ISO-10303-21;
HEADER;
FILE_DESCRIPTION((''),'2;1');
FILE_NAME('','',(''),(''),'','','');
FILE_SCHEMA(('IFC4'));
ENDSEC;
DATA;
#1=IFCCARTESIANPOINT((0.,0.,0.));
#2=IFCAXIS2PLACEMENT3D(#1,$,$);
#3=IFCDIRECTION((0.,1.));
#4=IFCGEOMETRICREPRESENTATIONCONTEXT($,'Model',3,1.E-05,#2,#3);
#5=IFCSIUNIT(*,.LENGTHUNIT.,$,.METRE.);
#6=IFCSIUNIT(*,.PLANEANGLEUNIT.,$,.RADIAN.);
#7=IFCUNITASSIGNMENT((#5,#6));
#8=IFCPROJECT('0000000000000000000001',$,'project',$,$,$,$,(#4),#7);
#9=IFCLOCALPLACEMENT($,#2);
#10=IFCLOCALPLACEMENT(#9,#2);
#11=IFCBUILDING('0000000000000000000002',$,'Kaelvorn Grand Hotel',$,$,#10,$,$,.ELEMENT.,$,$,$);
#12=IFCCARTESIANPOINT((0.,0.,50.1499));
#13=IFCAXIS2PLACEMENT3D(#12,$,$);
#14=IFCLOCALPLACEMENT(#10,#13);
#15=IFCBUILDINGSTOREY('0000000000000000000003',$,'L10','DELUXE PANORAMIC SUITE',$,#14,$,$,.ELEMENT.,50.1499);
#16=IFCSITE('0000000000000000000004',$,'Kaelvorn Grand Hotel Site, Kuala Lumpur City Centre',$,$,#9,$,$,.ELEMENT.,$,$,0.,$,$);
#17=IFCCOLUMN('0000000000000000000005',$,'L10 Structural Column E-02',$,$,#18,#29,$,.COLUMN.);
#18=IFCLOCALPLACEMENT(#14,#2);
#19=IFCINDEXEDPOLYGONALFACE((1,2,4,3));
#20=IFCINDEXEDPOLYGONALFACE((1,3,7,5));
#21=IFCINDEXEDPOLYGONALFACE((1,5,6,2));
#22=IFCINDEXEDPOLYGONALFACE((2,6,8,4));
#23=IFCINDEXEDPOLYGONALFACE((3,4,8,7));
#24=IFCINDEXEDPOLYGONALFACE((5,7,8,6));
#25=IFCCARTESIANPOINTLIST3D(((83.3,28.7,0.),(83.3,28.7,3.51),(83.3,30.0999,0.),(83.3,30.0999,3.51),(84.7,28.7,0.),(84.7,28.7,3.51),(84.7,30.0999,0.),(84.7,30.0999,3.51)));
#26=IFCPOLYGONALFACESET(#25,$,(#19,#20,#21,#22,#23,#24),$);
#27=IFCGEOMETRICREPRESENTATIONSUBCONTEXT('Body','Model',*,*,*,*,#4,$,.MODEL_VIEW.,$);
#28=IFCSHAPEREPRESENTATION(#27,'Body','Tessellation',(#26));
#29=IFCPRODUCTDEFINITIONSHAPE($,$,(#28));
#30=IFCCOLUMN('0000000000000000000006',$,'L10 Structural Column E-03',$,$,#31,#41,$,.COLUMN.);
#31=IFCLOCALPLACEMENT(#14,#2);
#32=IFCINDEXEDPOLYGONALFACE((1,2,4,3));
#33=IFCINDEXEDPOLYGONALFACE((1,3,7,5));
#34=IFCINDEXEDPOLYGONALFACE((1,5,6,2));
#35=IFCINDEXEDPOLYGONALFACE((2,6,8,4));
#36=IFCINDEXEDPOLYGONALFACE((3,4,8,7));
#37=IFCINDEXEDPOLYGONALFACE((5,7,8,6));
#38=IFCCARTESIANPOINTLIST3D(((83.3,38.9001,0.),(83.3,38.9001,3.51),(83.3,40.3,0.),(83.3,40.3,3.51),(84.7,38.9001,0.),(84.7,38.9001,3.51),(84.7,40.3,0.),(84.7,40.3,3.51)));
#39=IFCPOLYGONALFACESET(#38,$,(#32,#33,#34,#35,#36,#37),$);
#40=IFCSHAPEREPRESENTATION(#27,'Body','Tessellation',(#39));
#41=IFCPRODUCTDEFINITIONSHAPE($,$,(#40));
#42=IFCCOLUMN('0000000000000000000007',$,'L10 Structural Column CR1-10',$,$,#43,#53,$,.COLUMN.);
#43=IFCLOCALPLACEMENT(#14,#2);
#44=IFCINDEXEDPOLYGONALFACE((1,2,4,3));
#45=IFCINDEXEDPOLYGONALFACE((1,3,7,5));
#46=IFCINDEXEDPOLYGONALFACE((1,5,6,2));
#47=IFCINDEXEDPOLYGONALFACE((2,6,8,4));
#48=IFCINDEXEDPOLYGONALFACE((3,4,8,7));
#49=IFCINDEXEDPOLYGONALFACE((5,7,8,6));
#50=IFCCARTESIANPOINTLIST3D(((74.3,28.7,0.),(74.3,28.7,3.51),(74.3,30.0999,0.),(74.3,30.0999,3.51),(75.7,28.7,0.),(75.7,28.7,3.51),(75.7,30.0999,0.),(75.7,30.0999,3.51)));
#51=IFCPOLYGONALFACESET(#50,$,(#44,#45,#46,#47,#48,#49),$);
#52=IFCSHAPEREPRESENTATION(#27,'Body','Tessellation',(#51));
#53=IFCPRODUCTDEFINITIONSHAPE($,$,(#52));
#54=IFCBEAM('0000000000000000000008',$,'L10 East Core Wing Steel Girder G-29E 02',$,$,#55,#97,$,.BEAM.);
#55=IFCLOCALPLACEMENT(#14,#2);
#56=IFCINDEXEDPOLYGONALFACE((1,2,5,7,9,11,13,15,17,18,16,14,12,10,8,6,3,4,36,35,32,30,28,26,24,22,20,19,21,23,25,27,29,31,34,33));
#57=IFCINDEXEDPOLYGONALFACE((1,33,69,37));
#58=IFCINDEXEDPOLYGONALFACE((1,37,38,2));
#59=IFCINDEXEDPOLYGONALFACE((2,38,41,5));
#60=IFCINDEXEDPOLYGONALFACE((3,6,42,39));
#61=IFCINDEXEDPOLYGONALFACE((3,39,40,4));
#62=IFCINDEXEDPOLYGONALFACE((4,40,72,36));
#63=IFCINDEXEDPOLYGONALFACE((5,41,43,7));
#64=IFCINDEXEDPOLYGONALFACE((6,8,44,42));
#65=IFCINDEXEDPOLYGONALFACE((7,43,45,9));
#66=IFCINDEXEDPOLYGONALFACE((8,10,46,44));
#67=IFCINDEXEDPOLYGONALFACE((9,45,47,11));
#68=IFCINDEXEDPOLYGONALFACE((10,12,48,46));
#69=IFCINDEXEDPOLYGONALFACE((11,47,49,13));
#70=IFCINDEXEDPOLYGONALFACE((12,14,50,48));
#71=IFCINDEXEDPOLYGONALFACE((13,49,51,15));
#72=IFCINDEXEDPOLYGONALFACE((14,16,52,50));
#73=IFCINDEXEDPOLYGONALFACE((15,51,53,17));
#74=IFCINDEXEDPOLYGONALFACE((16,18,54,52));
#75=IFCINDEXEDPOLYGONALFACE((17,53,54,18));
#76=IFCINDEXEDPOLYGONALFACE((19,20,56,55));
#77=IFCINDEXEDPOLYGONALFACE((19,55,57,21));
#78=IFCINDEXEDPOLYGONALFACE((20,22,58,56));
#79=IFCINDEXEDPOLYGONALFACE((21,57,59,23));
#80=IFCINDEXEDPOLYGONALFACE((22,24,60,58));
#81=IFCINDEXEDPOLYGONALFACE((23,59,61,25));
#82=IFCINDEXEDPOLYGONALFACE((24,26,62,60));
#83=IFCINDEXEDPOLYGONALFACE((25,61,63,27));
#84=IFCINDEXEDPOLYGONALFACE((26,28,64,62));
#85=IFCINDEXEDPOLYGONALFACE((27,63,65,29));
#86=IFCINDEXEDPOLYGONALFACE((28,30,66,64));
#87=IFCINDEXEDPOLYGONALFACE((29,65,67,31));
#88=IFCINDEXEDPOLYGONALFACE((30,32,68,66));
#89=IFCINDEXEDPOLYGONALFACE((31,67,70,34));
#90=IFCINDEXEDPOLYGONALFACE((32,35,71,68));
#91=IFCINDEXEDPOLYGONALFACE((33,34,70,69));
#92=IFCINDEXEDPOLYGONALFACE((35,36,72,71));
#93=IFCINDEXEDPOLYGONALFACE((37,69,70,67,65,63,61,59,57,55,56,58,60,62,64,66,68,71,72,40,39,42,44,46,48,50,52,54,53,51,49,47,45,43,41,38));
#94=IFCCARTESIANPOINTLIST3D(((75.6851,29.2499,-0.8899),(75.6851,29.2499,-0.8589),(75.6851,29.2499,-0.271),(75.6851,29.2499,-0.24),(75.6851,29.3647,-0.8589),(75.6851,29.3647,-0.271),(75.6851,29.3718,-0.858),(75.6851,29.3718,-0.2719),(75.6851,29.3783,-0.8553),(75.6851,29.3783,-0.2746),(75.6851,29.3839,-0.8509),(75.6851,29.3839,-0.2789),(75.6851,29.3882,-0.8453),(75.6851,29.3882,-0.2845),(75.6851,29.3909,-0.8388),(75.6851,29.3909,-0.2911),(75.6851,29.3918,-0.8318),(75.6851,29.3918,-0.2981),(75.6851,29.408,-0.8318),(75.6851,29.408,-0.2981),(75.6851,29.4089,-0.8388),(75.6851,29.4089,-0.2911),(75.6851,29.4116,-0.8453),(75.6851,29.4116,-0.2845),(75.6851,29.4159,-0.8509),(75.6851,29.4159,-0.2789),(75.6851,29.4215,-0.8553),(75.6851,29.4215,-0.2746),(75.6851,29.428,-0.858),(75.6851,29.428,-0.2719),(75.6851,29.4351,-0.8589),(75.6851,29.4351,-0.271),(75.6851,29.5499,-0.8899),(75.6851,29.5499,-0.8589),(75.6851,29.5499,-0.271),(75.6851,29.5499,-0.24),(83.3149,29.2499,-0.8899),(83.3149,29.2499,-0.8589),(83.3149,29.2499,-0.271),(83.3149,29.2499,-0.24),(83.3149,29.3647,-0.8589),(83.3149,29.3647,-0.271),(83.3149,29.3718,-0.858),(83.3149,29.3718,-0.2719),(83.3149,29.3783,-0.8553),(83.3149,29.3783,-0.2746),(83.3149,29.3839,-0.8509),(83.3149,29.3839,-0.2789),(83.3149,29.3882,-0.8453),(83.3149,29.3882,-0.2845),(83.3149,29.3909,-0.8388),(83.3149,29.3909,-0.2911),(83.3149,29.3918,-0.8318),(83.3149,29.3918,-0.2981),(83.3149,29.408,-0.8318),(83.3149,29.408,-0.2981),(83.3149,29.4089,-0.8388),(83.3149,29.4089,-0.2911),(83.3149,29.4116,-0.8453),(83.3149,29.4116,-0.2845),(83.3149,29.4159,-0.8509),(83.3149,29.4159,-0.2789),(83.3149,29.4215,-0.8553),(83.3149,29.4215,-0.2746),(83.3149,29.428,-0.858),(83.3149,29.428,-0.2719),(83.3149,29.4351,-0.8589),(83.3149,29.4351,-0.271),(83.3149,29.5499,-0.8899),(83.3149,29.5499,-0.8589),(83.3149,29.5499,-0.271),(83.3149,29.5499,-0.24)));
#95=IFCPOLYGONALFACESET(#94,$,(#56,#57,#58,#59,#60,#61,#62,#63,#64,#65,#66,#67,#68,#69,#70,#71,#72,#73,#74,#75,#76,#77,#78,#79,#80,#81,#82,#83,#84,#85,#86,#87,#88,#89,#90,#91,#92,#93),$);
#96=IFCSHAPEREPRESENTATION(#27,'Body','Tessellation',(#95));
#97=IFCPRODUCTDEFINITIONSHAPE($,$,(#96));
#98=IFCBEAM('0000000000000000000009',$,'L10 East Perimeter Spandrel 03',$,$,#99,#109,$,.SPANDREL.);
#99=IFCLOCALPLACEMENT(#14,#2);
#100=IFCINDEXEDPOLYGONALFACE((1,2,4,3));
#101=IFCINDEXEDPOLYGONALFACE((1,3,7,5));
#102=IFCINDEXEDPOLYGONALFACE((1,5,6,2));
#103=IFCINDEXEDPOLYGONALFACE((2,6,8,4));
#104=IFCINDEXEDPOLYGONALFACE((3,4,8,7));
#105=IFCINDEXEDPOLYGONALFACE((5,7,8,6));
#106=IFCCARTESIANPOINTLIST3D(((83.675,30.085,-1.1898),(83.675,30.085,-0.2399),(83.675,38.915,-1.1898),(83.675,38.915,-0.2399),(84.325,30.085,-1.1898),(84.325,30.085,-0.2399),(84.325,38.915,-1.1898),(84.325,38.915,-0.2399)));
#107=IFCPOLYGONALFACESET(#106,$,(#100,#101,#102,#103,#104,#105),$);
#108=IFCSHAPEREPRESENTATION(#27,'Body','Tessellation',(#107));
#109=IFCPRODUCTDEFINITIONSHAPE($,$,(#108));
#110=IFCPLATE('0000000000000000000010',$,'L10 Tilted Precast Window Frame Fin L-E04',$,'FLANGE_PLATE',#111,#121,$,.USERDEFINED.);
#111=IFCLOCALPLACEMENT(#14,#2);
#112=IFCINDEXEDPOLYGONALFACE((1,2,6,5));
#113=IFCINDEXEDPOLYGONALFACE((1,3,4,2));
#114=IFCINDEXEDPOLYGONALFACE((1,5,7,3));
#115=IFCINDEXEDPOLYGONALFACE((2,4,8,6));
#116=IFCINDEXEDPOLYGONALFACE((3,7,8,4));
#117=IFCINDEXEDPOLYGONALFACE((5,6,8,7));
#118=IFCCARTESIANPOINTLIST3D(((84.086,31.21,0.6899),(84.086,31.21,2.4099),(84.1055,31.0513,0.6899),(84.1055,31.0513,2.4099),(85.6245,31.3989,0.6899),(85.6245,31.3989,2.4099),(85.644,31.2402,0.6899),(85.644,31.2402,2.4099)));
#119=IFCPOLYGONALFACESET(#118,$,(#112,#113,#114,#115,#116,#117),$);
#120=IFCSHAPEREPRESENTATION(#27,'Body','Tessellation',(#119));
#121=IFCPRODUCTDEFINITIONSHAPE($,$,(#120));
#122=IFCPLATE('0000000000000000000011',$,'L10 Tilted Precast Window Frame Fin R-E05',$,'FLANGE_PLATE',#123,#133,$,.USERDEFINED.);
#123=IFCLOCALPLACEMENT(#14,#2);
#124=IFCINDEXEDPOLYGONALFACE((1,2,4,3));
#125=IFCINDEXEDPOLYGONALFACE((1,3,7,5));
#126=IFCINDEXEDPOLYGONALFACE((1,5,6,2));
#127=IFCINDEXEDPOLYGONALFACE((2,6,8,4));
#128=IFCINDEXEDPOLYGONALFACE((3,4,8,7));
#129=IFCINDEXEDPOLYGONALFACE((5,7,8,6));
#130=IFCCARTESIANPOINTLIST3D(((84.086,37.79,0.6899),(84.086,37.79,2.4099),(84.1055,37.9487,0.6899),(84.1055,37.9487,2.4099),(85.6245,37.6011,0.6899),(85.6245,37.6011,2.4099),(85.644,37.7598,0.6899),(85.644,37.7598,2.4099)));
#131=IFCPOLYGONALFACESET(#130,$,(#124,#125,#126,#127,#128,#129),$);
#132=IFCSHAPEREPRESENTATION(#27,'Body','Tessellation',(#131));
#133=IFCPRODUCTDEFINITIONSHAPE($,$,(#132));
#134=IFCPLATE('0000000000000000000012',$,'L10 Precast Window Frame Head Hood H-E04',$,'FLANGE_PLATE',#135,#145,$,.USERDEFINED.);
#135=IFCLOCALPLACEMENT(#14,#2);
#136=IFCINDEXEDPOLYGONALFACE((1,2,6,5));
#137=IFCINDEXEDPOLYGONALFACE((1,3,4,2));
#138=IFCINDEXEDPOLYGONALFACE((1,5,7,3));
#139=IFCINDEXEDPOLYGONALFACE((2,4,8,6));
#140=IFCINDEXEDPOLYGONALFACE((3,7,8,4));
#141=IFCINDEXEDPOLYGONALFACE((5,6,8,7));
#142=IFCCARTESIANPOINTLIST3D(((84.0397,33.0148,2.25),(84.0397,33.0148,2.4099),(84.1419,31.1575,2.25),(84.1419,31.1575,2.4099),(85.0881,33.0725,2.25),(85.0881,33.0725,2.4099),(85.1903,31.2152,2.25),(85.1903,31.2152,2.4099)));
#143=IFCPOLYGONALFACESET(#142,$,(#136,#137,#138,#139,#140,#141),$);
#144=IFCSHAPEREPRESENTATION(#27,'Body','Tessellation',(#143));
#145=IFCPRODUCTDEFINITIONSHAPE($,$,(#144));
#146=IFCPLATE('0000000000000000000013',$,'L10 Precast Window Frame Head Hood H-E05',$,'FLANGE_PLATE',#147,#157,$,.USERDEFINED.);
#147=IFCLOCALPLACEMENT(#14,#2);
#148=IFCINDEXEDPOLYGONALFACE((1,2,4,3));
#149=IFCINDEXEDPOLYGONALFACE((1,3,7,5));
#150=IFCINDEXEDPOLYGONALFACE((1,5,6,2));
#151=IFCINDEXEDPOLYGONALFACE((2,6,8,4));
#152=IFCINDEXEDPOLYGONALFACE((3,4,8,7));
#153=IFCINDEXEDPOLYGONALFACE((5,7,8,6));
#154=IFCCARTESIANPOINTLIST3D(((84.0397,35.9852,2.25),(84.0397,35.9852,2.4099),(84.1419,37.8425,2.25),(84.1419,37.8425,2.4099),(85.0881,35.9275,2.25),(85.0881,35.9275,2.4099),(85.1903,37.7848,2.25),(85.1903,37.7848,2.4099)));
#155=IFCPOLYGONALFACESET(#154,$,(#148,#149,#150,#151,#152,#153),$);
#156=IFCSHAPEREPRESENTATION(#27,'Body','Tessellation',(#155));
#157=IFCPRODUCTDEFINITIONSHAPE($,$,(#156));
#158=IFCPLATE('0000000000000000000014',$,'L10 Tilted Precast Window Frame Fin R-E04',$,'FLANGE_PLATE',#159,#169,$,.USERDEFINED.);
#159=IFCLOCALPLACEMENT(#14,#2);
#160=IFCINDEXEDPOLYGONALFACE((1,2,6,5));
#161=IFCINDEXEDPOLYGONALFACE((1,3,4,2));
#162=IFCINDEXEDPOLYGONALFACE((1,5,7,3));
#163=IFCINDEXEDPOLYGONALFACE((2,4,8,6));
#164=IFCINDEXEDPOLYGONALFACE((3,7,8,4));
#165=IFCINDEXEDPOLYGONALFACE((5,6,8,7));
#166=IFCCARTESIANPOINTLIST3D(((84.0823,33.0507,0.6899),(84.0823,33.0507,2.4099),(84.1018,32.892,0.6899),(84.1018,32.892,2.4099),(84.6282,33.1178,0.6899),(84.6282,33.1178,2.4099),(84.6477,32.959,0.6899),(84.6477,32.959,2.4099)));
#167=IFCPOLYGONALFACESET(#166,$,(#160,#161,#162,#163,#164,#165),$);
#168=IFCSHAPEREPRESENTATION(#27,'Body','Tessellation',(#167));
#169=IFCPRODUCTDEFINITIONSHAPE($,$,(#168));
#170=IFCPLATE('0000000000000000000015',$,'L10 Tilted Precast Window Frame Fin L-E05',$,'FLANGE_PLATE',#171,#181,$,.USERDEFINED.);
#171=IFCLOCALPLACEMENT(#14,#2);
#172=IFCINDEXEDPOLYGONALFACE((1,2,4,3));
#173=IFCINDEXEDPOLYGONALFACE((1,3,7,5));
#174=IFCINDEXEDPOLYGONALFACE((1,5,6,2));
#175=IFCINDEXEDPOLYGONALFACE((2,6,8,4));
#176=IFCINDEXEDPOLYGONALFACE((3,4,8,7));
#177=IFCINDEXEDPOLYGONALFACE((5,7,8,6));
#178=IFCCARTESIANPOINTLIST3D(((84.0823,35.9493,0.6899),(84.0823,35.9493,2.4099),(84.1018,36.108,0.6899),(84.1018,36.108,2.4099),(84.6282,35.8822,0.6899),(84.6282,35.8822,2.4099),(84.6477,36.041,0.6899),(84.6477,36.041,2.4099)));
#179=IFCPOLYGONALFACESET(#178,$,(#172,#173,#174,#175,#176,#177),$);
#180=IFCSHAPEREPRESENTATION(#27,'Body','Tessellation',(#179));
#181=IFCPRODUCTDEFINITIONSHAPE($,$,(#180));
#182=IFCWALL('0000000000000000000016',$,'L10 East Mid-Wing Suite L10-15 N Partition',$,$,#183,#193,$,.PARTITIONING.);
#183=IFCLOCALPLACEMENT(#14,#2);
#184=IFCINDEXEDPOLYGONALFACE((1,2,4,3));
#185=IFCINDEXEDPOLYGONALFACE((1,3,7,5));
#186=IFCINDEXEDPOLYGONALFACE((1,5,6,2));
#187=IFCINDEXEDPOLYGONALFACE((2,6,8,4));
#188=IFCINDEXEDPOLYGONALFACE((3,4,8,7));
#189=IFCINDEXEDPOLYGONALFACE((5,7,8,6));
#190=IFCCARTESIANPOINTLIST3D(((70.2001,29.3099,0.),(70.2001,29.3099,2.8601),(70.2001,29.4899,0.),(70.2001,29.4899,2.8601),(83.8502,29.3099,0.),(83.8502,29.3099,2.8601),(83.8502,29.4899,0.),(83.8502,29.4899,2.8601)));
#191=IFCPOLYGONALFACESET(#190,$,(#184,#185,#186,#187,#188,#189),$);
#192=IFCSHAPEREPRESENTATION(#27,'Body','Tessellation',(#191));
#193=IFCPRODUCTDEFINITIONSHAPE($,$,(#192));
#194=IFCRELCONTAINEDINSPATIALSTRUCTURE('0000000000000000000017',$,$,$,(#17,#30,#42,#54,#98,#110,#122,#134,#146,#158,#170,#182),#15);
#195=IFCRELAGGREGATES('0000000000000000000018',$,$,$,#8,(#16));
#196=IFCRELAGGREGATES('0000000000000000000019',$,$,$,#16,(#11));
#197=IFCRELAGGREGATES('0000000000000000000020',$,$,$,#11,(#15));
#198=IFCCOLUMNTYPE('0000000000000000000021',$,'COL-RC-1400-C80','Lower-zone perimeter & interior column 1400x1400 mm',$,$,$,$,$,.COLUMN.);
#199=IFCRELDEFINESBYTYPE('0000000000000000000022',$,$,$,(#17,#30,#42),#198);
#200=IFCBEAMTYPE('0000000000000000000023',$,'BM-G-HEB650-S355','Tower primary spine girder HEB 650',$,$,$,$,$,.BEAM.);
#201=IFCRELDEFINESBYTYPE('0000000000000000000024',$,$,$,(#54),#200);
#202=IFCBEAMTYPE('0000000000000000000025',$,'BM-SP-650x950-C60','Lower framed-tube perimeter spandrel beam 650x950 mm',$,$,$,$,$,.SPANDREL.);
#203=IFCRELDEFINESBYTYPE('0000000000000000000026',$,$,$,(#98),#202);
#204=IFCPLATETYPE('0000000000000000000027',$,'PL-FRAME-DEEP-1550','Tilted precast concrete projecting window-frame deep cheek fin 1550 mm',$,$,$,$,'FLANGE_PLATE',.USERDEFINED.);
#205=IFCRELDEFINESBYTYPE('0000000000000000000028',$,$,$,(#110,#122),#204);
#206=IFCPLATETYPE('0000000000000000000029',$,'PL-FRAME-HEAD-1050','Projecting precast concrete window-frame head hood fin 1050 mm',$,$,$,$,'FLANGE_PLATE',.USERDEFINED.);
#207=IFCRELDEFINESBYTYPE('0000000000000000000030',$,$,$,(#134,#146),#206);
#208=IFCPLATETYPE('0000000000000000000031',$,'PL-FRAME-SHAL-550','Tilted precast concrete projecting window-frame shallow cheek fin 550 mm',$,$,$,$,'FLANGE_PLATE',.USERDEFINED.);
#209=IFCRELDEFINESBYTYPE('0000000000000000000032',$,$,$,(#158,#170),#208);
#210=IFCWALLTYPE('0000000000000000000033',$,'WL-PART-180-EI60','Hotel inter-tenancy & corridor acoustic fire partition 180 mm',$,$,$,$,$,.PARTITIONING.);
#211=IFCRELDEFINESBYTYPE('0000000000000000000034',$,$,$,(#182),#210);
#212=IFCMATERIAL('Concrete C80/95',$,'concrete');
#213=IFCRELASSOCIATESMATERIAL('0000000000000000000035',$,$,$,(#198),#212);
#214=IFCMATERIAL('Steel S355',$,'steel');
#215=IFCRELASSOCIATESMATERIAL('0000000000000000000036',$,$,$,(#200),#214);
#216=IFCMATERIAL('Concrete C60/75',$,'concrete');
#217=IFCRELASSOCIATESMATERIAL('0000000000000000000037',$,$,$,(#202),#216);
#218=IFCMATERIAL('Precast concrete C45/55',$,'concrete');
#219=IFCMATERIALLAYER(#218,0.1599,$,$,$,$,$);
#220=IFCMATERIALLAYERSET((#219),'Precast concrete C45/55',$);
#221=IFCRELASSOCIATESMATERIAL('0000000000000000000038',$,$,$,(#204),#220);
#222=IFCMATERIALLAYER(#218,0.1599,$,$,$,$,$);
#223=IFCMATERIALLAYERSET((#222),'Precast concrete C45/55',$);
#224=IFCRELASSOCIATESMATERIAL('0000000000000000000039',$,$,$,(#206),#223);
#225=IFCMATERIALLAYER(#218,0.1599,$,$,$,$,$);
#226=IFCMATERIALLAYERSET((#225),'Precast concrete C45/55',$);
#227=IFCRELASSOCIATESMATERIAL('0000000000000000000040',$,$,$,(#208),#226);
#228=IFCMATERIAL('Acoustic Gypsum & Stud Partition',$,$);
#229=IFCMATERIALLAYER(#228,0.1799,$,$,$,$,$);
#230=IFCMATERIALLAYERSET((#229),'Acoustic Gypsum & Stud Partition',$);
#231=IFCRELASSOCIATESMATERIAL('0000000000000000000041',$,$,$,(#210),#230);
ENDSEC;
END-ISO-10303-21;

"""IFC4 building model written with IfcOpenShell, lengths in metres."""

from ifc_helpers import new_model, si_unit, direction, frame, frame_2d, origin, origin_2d, place, context, subcontext, project, spatial, rectangle, i_section, extrude, material, layer, layer_set, material_profile, profile_set, type_object, element, save


model = new_model("IFC4")

# Units and contexts
model_context = context("Model", 3, precision=1e-05, world=origin(), true_north=direction((0.0, 1.0)))
body_context = subcontext(model_context, "Body", "Model", "MODEL_VIEW")
ifc_project = project(units=[si_unit("LENGTHUNIT", "METRE"), si_unit("PLANEANGLEUNIT", "RADIAN")], contexts=[model_context])

# Site, building, storey
site_placement = place(None, origin())
site = spatial("IfcSite", under=ifc_project, at=site_placement, Name="Kaelvorn Grand Hotel Site, Kuala Lumpur City Centre", CompositionType="ELEMENT", RefElevation=0.0)
building_placement = place(site_placement, origin())
building = spatial("IfcBuilding", under=site, at=building_placement, Name="Kaelvorn Grand Hotel", CompositionType="ELEMENT")
storey_placement = place(building_placement, frame((0.0, 0.0, 50.1499)))
storey = spatial("IfcBuildingStorey", under=building, at=storey_placement, Name="L10", Description="DELUXE PANORAMIC SUITE", CompositionType="ELEMENT", Elevation=50.1499)

# Columns
ifc_material_1 = material(Name="Concrete C80/95", Category="concrete")
ifc_material_profile_1 = material_profile(ifc_material_1, rectangle(XDim=1.3999, YDim=1.3999, at=origin_2d()), Name="RC COL 1400x1400")
ifc_profile_set_1 = profile_set([ifc_material_profile_1], Name="Concrete C80/95")
column_type = type_object("IfcColumnType", Name="COL-RC-1400-C80", Description="Lower-zone perimeter & interior column 1400x1400 mm", PredefinedType="COLUMN", material=ifc_profile_set_1)
for number, where, z_axis, x_axis, name in (
    (1, (84.0, 29.3999, 0.0), (0.0, 0.0, 1.0), (1.0, 0.0, 0.0), "L10 Structural Column E-02"),
    (2, (84.0, 39.6001, 0.0), (0.0, 0.0, 1.0), (1.0, 0.0, 0.0), "L10 Structural Column E-03"),
    (3, (75.0, 29.3999, 0.0), (0.0, 0.0, 1.0), (1.0, 0.0, 0.0), "L10 Structural Column CR1-10"),
):
    element("IfcColumn", number, at=place(storey_placement, frame(where, z_axis=z_axis, x_axis=x_axis)), inside=storey, type_object=column_type, Name=name, PredefinedType="COLUMN", context=body_context, shape_type="SweptSolid", body=[
        extrude(rectangle(XDim=1.3999, YDim=1.3999, at=origin_2d()), origin(), (0.0, 0.0, 1.0), 3.51),
    ])

# Beams
ifc_material_2 = material(Name="Steel S355", Category="steel")
ifc_material_profile_2 = material_profile(ifc_material_2, i_section(OverallWidth=0.3, OverallDepth=0.6499, WebThickness=0.0161, FlangeThickness=0.031, FilletRadius=0.0271, at=origin_2d()), Name="HEB 650")
ifc_profile_set_2 = profile_set([ifc_material_profile_2], Name="Steel S355")
beam_type_1 = type_object("IfcBeamType", Name="BM-G-HEB650-S355", Description="Tower primary spine girder HEB 650", PredefinedType="BEAM", material=ifc_profile_set_2)
beam_1_placement = place(storey_placement, frame((75.6851, 29.3999, -0.5649), z_axis=(1.0, 0.0, 0.0), x_axis=(0.0, 1.0, 0.0)))
element("IfcBeam", 4, at=beam_1_placement, inside=storey, type_object=beam_type_1, Name="L10 East Core Wing Steel Girder G-29E 02", PredefinedType="BEAM", context=body_context, shape_type="SweptSolid", body=[
    extrude(i_section(OverallWidth=0.3, OverallDepth=0.6499, WebThickness=0.0161, FlangeThickness=0.031, FilletRadius=0.0271, at=origin_2d()), origin(), (0.0, 0.0, 1.0), 7.6299),
])
ifc_material_3 = material(Name="Concrete C60/75", Category="concrete")
ifc_material_profile_3 = material_profile(ifc_material_3, rectangle(XDim=0.6499, YDim=0.95, at=origin_2d()), Name="RC SPANDREL 650x950")
ifc_profile_set_3 = profile_set([ifc_material_profile_3], Name="Concrete C60/75")
beam_type_2 = type_object("IfcBeamType", Name="BM-SP-650x950-C60", Description="Lower framed-tube perimeter spandrel beam 650x950 mm", PredefinedType="SPANDREL", material=ifc_profile_set_3)
beam_2_placement = place(storey_placement, frame((84.0, 30.085, -0.7148), z_axis=(0.0, 1.0, 0.0), x_axis=(-1.0, 0.0, 0.0)))
element("IfcBeam", 5, at=beam_2_placement, inside=storey, type_object=beam_type_2, Name="L10 East Perimeter Spandrel 03", PredefinedType="SPANDREL", context=body_context, shape_type="SweptSolid", body=[
    extrude(rectangle(XDim=0.6499, YDim=0.95, at=origin_2d()), origin(), (0.0, 0.0, 1.0), 8.8301),
])

# Plates
ifc_material_4 = material(Name="Precast concrete C45/55", Category="concrete")
ifc_layer_1 = layer(ifc_material_4, 0.1599)
ifc_layer_set_1 = layer_set([ifc_layer_1], Name="Precast concrete C45/55")
plate_type_1 = type_object("IfcPlateType", Name="PL-FRAME-DEEP-1550", Description="Tilted precast concrete projecting window-frame deep cheek fin 1550 mm", ElementType="FLANGE_PLATE", PredefinedType="USERDEFINED", material=ifc_layer_set_1)
for number, where, z_axis, x_axis, name in (
    (6, (84.865, 31.2251, 0.6899), (0.0, 0.0, 1.0), (-0.121869, 0.992546, 0.0), "L10 Tilted Precast Window Frame Fin L-E04"),
    (7, (84.865, 37.7749, 0.6899), (0.0, 0.0, 1.0), (0.121869, 0.992546, 0.0), "L10 Tilted Precast Window Frame Fin R-E05"),
):
    element("IfcPlate", number, at=place(storey_placement, frame(where, z_axis=z_axis, x_axis=x_axis)), inside=storey, type_object=plate_type_1, Name=name, ObjectType="FLANGE_PLATE", PredefinedType="USERDEFINED", context=body_context, shape_type="SweptSolid", body=[
        extrude(rectangle(XDim=0.1599, YDim=1.55, at=origin_2d()), origin(), (0.0, 0.0, 1.0), 1.72),
    ])
ifc_layer_2 = layer(ifc_material_4, 0.1599)
ifc_layer_set_2 = layer_set([ifc_layer_2], Name="Precast concrete C45/55")
plate_type_2 = type_object("IfcPlateType", Name="PL-FRAME-HEAD-1050", Description="Projecting precast concrete window-frame head hood fin 1050 mm", ElementType="FLANGE_PLATE", PredefinedType="USERDEFINED", material=ifc_layer_set_2)
for number, where, z_axis, x_axis, name in (
    (8, (84.615, 32.115, 2.25), (0.0, 0.0, 1.0), (-0.05495, 0.998489, 0.0), "L10 Precast Window Frame Head Hood H-E04"),
    (9, (84.615, 36.885, 2.25), (0.0, 0.0, 1.0), (0.05495, 0.998489, 0.0), "L10 Precast Window Frame Head Hood H-E05"),
):
    element("IfcPlate", number, at=place(storey_placement, frame(where, z_axis=z_axis, x_axis=x_axis)), inside=storey, type_object=plate_type_2, Name=name, ObjectType="FLANGE_PLATE", PredefinedType="USERDEFINED", context=body_context, shape_type="SweptSolid", body=[
        extrude(rectangle(XDim=1.8601, YDim=1.05, at=origin_2d()), origin(), (0.0, 0.0, 1.0), 0.1599),
    ])
ifc_layer_3 = layer(ifc_material_4, 0.1599)
ifc_layer_set_3 = layer_set([ifc_layer_3], Name="Precast concrete C45/55")
plate_type_3 = type_object("IfcPlateType", Name="PL-FRAME-SHAL-550", Description="Tilted precast concrete projecting window-frame shallow cheek fin 550 mm", ElementType="FLANGE_PLATE", PredefinedType="USERDEFINED", material=ifc_layer_set_3)
for number, where, z_axis, x_axis, name in (
    (10, (84.365, 33.0049, 0.6899), (0.0, 0.0, 1.0), (-0.121869, 0.992546, 0.0), "L10 Tilted Precast Window Frame Fin R-E04"),
    (11, (84.365, 35.9951, 0.6899), (0.0, 0.0, 1.0), (0.121869, 0.992546, 0.0), "L10 Tilted Precast Window Frame Fin L-E05"),
):
    element("IfcPlate", number, at=place(storey_placement, frame(where, z_axis=z_axis, x_axis=x_axis)), inside=storey, type_object=plate_type_3, Name=name, ObjectType="FLANGE_PLATE", PredefinedType="USERDEFINED", context=body_context, shape_type="SweptSolid", body=[
        extrude(rectangle(XDim=0.1599, YDim=0.55, at=origin_2d()), origin(), (0.0, 0.0, 1.0), 1.72),
    ])

# Wall
ifc_material_5 = material(Name="Acoustic Gypsum & Stud Partition")
ifc_layer_4 = layer(ifc_material_5, 0.1799)
ifc_layer_set_4 = layer_set([ifc_layer_4], Name="Acoustic Gypsum & Stud Partition")
wall_type = type_object("IfcWallType", Name="WL-PART-180-EI60", Description="Hotel inter-tenancy & corridor acoustic fire partition 180 mm", PredefinedType="PARTITIONING", material=ifc_layer_set_4)
wall_1_placement = place(storey_placement, frame((70.2, 29.3999, 0.0), z_axis=(0.0, 0.0, 1.0), x_axis=(1.0, 0.0, 0.0)))
element("IfcWall", 12, at=wall_1_placement, inside=storey, type_object=wall_type, Name="L10 East Mid-Wing Suite L10-15 N Partition", PredefinedType="PARTITIONING", context=body_context, shape_type="SweptSolid", body=[
    extrude(rectangle(XDim=13.6501, YDim=0.1799, at=frame_2d((6.8252, 0.0))), origin(), (0.0, 0.0, 1.0), 2.8601),
])

save(model, "model.ifc")
